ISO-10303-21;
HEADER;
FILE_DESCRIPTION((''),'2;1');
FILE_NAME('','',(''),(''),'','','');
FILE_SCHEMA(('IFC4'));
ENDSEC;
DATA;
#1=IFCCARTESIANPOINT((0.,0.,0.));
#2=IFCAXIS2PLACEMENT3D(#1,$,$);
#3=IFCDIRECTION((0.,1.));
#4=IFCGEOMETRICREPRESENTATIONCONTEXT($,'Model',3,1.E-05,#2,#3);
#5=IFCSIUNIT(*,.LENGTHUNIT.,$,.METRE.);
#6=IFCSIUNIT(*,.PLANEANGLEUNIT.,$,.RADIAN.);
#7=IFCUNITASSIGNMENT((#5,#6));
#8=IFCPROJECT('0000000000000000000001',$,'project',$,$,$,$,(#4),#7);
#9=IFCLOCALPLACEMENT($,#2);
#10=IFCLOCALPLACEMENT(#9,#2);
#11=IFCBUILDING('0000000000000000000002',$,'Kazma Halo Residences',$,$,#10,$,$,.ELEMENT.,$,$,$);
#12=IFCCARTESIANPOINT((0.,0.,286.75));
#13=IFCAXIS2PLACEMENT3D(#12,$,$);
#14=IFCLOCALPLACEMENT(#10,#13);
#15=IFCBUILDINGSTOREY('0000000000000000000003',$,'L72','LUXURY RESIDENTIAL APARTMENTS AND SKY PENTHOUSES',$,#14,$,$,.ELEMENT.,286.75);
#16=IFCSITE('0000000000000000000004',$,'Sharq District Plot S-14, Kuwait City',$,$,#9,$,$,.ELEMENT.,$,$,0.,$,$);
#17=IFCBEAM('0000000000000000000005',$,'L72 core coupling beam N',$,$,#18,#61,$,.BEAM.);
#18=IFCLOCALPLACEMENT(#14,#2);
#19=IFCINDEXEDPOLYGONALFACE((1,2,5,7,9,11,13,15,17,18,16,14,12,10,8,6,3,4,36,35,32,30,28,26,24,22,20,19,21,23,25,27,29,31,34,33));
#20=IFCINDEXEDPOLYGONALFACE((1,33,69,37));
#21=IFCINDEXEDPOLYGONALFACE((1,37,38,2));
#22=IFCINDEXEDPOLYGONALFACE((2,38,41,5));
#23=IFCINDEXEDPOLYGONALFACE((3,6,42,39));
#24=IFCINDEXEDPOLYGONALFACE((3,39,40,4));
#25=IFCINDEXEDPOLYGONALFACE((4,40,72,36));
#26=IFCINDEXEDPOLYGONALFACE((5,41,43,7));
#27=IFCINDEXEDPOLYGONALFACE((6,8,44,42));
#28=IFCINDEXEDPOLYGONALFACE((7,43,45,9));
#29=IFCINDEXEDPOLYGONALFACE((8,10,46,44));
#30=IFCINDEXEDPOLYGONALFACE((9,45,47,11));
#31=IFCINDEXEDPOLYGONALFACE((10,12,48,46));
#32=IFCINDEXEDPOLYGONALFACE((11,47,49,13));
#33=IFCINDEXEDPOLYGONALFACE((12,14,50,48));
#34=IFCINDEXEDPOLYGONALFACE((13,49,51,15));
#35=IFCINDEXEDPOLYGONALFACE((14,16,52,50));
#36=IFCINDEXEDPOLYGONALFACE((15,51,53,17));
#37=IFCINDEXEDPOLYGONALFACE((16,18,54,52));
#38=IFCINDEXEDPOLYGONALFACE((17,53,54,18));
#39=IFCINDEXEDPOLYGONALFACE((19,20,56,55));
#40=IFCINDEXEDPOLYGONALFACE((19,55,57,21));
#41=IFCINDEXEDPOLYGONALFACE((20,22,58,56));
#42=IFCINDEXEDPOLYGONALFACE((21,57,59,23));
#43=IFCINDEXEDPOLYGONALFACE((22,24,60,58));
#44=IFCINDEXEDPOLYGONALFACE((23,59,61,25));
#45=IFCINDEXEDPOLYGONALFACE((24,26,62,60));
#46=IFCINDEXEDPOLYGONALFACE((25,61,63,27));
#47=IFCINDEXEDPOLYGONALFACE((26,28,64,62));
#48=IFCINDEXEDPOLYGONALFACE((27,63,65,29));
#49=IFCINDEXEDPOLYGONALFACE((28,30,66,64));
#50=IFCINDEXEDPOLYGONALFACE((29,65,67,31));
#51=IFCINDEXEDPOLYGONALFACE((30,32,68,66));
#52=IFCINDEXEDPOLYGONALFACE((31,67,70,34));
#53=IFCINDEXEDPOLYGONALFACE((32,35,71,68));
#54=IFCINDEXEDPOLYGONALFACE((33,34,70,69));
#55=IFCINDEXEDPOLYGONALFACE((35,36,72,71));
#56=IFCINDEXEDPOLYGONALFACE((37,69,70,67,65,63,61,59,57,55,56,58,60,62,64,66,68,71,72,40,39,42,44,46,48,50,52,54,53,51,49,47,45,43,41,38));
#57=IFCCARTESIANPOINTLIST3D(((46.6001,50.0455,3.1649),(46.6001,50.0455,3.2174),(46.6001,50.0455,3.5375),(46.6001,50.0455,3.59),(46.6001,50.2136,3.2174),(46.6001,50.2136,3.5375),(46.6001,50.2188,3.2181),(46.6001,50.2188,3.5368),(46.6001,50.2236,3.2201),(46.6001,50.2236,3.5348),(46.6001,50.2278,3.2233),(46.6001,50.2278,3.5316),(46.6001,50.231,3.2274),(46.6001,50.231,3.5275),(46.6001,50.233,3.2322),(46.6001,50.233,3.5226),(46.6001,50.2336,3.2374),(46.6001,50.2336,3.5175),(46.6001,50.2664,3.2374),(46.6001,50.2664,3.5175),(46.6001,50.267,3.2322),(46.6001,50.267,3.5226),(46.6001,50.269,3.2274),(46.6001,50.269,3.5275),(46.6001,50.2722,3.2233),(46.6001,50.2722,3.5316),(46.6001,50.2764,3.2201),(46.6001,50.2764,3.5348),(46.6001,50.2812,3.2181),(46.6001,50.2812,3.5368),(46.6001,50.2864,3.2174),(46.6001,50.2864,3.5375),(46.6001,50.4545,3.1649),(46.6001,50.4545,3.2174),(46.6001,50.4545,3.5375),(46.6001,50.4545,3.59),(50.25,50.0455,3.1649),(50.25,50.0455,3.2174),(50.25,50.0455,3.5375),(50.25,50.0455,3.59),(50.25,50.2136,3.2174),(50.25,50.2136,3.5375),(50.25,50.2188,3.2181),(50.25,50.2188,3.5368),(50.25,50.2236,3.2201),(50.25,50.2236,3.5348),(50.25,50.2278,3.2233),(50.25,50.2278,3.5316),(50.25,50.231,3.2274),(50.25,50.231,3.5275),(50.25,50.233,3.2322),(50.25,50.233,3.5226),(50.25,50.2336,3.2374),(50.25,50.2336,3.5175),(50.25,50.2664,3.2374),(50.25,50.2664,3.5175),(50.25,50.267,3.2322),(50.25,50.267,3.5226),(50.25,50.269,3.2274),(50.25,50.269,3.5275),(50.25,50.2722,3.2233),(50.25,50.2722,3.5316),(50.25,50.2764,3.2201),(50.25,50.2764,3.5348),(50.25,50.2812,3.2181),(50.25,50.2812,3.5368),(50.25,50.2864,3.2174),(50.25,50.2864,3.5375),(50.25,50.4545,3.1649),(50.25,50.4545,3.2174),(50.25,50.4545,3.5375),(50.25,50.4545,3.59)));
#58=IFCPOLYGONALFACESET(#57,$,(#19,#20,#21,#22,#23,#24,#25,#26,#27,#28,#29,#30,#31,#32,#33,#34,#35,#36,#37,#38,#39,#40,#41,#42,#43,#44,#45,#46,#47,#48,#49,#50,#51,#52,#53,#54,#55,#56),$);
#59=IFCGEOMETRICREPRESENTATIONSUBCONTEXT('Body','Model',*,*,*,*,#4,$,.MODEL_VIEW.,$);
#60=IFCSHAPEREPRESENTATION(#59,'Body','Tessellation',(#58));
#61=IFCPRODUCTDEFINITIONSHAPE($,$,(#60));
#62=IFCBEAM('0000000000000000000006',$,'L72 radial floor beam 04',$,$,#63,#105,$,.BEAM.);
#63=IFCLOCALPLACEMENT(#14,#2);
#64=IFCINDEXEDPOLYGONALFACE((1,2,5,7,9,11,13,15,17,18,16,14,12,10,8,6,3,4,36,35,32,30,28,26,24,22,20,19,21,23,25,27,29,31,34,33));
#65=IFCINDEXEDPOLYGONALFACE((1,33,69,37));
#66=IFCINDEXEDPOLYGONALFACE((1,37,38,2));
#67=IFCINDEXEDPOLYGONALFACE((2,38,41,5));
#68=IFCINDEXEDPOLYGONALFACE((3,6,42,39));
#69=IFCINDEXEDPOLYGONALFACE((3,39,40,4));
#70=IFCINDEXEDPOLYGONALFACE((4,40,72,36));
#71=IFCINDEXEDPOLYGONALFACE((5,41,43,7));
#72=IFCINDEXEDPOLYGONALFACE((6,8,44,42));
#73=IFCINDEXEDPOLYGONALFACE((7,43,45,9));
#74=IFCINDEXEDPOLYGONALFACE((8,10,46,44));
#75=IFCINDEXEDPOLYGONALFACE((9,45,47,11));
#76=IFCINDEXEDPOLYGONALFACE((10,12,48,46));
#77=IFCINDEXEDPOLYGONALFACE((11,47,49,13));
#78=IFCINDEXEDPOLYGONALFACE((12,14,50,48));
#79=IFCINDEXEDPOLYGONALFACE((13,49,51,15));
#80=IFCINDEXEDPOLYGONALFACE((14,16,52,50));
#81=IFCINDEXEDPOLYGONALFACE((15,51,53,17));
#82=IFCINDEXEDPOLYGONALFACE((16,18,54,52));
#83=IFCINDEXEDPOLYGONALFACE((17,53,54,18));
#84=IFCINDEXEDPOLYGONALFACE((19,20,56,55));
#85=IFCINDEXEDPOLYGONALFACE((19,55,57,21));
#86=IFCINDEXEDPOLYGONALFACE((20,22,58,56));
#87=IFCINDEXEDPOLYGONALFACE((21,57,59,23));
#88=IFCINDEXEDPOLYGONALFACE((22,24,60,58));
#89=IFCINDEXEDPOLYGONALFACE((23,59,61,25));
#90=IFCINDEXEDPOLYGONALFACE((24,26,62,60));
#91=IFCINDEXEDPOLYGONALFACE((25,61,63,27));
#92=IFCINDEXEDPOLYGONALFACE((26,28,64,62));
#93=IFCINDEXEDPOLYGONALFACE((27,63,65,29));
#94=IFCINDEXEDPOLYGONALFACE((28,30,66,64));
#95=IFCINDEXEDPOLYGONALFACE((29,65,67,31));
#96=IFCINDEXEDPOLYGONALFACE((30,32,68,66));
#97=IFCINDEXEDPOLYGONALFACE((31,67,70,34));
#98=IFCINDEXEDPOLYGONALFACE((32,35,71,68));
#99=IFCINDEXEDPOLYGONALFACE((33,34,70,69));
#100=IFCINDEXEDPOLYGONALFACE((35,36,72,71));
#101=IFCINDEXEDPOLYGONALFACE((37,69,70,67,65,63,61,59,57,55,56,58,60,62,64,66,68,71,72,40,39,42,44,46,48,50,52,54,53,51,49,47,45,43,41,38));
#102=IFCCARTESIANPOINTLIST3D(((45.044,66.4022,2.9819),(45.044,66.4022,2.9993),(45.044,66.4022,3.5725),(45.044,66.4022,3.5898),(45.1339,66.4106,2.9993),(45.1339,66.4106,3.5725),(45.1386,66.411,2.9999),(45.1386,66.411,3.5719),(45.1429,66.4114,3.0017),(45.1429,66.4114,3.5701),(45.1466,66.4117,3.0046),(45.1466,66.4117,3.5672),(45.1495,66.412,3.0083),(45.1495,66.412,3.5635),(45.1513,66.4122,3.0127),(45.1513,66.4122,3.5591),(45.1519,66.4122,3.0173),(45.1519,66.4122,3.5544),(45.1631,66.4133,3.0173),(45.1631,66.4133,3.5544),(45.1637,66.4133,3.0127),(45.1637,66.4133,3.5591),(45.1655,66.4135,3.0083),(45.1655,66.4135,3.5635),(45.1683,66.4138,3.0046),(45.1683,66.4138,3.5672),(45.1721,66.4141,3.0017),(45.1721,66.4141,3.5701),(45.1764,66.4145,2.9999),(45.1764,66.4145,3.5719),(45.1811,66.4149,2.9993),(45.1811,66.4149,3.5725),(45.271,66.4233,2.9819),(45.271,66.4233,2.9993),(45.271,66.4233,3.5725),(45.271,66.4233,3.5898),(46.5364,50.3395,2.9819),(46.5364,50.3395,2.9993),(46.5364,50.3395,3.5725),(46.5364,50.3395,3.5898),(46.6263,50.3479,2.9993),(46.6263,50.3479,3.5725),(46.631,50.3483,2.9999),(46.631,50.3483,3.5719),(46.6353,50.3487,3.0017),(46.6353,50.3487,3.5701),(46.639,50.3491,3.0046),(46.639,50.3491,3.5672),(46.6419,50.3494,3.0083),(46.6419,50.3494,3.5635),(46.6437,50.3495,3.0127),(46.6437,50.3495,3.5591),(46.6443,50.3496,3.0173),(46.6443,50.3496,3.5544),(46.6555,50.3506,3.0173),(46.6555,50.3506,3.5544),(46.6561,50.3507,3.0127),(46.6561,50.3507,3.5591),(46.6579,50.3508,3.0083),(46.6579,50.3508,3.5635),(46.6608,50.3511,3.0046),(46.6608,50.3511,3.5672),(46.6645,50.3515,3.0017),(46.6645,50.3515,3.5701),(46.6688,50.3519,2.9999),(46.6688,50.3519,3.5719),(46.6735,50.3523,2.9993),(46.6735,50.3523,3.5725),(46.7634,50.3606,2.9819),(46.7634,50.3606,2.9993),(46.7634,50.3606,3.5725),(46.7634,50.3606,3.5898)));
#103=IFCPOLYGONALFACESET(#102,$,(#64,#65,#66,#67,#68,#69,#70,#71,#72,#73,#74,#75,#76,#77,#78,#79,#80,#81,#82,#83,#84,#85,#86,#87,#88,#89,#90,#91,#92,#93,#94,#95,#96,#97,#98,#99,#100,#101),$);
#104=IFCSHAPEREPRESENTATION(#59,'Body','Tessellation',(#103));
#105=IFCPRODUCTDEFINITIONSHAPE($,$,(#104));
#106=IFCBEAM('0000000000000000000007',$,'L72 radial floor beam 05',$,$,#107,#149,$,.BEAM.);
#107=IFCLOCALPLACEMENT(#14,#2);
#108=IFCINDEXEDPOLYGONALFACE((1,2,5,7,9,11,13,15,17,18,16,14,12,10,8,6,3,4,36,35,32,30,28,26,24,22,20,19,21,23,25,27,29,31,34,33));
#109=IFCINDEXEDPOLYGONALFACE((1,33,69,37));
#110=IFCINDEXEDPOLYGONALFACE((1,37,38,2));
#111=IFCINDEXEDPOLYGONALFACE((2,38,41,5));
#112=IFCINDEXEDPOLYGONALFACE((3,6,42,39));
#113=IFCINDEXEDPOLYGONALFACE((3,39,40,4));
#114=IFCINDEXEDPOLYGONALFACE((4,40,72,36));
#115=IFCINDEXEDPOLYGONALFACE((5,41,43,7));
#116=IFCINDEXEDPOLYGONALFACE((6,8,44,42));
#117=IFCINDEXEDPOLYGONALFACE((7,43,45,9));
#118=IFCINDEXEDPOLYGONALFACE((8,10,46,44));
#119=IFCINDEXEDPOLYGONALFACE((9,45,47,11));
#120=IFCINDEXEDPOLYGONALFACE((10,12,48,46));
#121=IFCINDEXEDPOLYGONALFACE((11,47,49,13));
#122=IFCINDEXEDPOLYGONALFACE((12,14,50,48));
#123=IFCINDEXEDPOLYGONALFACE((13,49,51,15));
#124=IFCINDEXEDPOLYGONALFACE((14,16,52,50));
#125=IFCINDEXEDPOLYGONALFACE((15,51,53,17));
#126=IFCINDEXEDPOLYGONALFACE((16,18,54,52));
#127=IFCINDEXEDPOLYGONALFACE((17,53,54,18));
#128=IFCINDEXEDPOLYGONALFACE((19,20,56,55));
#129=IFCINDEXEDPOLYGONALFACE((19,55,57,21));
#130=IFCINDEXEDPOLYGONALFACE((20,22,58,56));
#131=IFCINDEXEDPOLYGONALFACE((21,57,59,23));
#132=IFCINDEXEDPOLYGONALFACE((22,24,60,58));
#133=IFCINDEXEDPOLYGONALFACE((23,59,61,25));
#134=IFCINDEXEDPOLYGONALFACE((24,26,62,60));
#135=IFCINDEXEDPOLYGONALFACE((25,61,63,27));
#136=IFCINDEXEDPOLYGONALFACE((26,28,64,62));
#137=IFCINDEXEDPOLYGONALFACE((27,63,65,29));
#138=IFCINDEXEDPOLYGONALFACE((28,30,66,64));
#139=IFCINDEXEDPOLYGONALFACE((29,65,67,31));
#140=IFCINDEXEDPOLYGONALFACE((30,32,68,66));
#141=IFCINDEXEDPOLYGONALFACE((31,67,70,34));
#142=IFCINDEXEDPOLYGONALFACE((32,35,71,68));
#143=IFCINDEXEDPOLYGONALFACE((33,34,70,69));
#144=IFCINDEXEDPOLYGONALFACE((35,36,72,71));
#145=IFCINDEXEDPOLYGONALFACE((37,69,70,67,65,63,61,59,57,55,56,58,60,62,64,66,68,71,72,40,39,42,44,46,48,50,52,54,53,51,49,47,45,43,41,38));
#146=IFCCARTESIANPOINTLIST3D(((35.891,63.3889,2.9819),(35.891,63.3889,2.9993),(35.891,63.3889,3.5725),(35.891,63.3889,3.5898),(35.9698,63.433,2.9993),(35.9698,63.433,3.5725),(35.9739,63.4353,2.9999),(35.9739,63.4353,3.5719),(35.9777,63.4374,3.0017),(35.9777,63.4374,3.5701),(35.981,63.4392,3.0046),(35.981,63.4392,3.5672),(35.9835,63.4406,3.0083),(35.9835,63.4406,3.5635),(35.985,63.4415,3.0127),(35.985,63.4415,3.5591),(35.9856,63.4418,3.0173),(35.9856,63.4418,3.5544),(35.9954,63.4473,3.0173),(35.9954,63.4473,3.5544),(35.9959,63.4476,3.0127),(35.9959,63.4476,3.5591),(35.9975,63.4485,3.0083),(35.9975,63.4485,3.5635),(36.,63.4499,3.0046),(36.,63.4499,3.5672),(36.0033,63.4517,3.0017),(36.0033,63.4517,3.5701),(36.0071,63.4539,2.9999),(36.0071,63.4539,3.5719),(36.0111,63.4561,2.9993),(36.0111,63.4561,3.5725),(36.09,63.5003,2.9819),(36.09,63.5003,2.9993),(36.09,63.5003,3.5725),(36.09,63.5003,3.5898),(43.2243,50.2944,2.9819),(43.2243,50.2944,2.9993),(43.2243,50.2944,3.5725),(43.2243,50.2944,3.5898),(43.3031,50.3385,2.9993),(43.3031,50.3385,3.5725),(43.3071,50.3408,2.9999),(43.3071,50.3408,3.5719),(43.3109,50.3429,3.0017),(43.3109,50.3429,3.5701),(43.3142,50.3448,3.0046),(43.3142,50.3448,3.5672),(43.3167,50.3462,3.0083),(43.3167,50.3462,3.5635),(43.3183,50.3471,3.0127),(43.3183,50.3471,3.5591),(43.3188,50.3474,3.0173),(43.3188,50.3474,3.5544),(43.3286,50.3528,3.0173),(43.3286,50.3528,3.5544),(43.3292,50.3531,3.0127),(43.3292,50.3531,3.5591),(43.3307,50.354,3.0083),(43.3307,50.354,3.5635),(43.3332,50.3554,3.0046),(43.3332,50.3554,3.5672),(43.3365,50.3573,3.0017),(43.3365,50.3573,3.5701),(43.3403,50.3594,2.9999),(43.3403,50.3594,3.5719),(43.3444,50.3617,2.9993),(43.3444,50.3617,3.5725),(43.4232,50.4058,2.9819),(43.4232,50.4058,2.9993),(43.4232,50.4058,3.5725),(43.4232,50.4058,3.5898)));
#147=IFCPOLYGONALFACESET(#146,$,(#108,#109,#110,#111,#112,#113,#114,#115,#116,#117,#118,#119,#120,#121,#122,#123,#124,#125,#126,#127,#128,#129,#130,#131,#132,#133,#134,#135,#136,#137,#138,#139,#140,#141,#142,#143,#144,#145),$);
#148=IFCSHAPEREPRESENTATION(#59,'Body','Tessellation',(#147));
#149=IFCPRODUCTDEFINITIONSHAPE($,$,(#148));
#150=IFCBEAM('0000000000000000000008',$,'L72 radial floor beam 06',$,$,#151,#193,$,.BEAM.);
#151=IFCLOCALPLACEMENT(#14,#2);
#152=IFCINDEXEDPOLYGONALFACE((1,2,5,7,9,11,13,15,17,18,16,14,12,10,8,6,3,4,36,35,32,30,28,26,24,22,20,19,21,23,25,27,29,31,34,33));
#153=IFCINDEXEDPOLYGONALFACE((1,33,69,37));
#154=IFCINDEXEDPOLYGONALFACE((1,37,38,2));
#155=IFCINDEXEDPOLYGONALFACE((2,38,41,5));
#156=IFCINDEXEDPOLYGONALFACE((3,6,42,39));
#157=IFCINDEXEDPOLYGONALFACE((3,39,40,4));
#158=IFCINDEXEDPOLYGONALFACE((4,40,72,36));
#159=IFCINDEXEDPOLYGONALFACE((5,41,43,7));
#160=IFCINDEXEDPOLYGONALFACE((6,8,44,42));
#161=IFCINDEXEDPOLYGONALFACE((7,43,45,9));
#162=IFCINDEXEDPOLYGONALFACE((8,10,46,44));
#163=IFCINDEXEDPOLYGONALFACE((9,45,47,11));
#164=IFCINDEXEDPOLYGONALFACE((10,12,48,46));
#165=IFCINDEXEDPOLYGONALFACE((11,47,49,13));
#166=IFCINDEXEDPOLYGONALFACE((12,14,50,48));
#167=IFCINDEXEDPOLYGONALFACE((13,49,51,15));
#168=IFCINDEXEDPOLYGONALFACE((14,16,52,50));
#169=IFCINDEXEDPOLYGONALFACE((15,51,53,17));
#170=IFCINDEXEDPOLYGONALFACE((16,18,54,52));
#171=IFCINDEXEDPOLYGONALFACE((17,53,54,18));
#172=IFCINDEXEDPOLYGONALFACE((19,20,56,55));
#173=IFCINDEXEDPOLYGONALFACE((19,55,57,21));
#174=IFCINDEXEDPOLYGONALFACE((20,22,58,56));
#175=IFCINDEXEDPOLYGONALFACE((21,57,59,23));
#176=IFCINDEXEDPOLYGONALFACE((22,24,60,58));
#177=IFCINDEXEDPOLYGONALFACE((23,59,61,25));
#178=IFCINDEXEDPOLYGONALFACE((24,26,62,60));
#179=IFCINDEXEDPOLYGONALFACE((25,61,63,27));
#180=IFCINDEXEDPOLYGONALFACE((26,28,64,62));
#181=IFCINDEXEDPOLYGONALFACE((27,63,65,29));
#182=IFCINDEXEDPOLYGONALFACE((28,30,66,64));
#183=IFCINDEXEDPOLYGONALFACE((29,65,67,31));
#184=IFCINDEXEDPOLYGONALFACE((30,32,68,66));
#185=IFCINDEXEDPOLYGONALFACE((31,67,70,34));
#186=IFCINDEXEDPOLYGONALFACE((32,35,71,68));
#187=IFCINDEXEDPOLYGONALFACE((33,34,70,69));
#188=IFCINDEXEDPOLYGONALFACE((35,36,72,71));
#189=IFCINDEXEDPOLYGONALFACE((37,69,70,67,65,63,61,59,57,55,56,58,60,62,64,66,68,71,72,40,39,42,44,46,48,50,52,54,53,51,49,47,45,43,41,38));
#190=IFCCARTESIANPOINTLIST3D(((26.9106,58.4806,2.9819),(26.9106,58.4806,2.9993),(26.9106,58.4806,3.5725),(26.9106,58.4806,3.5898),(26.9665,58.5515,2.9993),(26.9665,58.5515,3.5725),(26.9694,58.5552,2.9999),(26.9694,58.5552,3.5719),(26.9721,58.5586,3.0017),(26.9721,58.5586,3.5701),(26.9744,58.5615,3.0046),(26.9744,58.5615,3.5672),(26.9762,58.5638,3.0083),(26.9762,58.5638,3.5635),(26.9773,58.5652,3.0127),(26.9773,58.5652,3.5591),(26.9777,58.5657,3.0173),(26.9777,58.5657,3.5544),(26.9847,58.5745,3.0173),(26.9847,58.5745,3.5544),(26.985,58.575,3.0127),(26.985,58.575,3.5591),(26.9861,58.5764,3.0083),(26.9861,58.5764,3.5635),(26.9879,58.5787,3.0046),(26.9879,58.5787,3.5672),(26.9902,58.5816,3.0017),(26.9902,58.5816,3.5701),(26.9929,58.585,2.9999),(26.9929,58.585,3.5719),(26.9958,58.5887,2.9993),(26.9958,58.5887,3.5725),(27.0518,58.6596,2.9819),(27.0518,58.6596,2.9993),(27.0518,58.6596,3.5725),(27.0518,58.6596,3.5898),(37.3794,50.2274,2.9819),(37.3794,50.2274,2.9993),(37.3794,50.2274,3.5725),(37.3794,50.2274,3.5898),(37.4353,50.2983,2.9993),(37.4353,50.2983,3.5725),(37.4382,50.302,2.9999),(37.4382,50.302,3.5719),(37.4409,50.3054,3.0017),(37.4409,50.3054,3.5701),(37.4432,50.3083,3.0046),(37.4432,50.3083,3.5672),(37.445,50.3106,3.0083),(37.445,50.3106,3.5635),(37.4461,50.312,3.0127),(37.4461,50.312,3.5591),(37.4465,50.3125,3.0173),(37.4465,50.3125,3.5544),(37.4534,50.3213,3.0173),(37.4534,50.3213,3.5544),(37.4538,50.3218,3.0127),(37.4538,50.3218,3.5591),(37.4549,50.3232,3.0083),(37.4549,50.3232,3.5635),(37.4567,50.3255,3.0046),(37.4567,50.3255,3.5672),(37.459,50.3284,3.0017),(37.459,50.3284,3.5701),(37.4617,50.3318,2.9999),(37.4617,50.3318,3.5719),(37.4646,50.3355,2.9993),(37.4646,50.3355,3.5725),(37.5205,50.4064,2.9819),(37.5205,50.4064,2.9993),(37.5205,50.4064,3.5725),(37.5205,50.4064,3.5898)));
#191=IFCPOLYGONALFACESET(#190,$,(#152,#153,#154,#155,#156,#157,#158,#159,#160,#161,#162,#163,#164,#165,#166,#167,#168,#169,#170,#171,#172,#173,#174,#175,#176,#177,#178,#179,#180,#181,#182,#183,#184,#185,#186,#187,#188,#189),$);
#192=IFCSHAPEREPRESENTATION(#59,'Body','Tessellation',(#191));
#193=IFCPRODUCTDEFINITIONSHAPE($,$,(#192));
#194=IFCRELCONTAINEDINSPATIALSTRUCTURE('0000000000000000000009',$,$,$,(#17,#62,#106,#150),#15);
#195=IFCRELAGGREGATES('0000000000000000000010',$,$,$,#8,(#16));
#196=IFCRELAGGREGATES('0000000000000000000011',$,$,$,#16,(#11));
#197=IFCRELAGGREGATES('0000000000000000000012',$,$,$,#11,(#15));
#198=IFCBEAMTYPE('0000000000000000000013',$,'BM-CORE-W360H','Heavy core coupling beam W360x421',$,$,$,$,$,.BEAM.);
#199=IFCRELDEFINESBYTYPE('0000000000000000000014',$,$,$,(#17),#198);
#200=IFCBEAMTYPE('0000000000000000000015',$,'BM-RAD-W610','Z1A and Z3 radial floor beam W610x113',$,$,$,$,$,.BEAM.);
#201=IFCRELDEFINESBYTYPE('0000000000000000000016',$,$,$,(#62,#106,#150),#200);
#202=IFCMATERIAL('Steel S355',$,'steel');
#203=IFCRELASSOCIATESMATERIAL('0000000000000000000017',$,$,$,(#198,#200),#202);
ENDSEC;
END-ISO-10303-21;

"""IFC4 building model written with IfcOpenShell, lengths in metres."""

from ifc_helpers import new_model, si_unit, direction, frame, origin, origin_2d, place, context, subcontext, project, spatial, i_section, extrude, material, material_profile, profile_set, type_object, element, save


model = new_model("IFC4")

# Units and contexts
model_context = context("Model", 3, precision=1e-05, world=origin(), true_north=direction((0.0, 1.0)))
body_context = subcontext(model_context, "Body", "Model", "MODEL_VIEW")
ifc_project = project(units=[si_unit("LENGTHUNIT", "METRE"), si_unit("PLANEANGLEUNIT", "RADIAN")], contexts=[model_context])

# Site, building, storey
site_placement = place(None, origin())
site = spatial("IfcSite", under=ifc_project, at=site_placement, Name="Sharq District Plot S-14, Kuwait City", CompositionType="ELEMENT", RefElevation=0.0)
building_placement = place(site_placement, origin())
building = spatial("IfcBuilding", under=site, at=building_placement, Name="Kazma Halo Residences", CompositionType="ELEMENT")
storey_placement = place(building_placement, frame((0.0, 0.0, 286.75)))
storey = spatial("IfcBuildingStorey", under=building, at=storey_placement, Name="L72", Description="LUXURY RESIDENTIAL APARTMENTS AND SKY PENTHOUSES", CompositionType="ELEMENT", Elevation=286.75)

# Beams
ifc_material_1 = material(Name="Steel S355", Category="steel")
ifc_material_profile_1 = material_profile(ifc_material_1, i_section(OverallWidth=0.4089, OverallDepth=0.425, WebThickness=0.0327, FlangeThickness=0.0525, FilletRadius=0.02, at=origin_2d()), Name="W360x421")
ifc_profile_set_1 = profile_set([ifc_material_profile_1], Name="Steel S355")
beam_type_1 = type_object("IfcBeamType", Name="BM-CORE-W360H", Description="Heavy core coupling beam W360x421", PredefinedType="BEAM", material=ifc_profile_set_1)
beam_1_placement = place(storey_placement, frame((46.6001, 50.25, 3.3774), z_axis=(1.0, 0.0, 0.0), x_axis=(0.0, 1.0, 0.0)))
element("IfcBeam", 1, at=beam_1_placement, inside=storey, type_object=beam_type_1, Name="L72 core coupling beam N", PredefinedType="BEAM", context=body_context, shape_type="SweptSolid", body=[
    extrude(i_section(OverallWidth=0.4089, OverallDepth=0.425, WebThickness=0.0327, FlangeThickness=0.0525, FilletRadius=0.02, at=origin_2d()), origin(), (0.0, 0.0, 1.0), 3.6499),
])
ifc_material_profile_2 = material_profile(ifc_material_1, i_section(OverallWidth=0.228, OverallDepth=0.6079, WebThickness=0.0112, FlangeThickness=0.0173, FilletRadius=0.0181, at=origin_2d()), Name="W610x113")
ifc_profile_set_2 = profile_set([ifc_material_profile_2], Name="Steel S355")
beam_type_2 = type_object("IfcBeamType", Name="BM-RAD-W610", Description="Z1A and Z3 radial floor beam W610x113", PredefinedType="BEAM", material=ifc_profile_set_2)
beam_2_placement = place(storey_placement, frame((46.6499, 50.3501, 3.2859), z_axis=(-0.092514, 0.995711, 0.0), x_axis=(-0.995711, -0.092514, 0.0)))
element("IfcBeam", 2, at=beam_2_placement, inside=storey, type_object=beam_type_2, Name="L72 radial floor beam 04", PredefinedType="BEAM", context=body_context, shape_type="SweptSolid", body=[
    extrude(i_section(OverallWidth=0.228, OverallDepth=0.6079, WebThickness=0.0112, FlangeThickness=0.0173, FilletRadius=0.0181, at=origin_2d()), origin(), (0.0, 0.0, 1.0), 16.1318),
])
beam_3_placement = place(storey_placement, frame((43.3237, 50.3501, 3.2859), z_axis=(-0.488621, 0.872496, 0.0), x_axis=(-0.872496, -0.488621, 0.0)))
element("IfcBeam", 3, at=beam_3_placement, inside=storey, type_object=beam_type_2, Name="L72 radial floor beam 05", PredefinedType="BEAM", context=body_context, shape_type="SweptSolid", body=[
    extrude(i_section(OverallWidth=0.228, OverallDepth=0.6079, WebThickness=0.0112, FlangeThickness=0.0173, FilletRadius=0.0181, at=origin_2d()), origin(), (0.0, 0.0, 1.0), 15.0081),
])
beam_4_placement = place(storey_placement, frame((37.45, 50.3169, 3.2859), z_axis=(-0.785307, 0.619107, 0.0), x_axis=(-0.619107, -0.785307, 0.0)))
element("IfcBeam", 4, at=beam_4_placement, inside=storey, type_object=beam_type_2, Name="L72 radial floor beam 06", PredefinedType="BEAM", context=body_context, shape_type="SweptSolid", body=[
    extrude(i_section(OverallWidth=0.228, OverallDepth=0.6079, WebThickness=0.0112, FlangeThickness=0.0173, FilletRadius=0.0181, at=origin_2d()), origin(), (0.0, 0.0, 1.0), 13.3308),
])

save(model, "model.ifc")
